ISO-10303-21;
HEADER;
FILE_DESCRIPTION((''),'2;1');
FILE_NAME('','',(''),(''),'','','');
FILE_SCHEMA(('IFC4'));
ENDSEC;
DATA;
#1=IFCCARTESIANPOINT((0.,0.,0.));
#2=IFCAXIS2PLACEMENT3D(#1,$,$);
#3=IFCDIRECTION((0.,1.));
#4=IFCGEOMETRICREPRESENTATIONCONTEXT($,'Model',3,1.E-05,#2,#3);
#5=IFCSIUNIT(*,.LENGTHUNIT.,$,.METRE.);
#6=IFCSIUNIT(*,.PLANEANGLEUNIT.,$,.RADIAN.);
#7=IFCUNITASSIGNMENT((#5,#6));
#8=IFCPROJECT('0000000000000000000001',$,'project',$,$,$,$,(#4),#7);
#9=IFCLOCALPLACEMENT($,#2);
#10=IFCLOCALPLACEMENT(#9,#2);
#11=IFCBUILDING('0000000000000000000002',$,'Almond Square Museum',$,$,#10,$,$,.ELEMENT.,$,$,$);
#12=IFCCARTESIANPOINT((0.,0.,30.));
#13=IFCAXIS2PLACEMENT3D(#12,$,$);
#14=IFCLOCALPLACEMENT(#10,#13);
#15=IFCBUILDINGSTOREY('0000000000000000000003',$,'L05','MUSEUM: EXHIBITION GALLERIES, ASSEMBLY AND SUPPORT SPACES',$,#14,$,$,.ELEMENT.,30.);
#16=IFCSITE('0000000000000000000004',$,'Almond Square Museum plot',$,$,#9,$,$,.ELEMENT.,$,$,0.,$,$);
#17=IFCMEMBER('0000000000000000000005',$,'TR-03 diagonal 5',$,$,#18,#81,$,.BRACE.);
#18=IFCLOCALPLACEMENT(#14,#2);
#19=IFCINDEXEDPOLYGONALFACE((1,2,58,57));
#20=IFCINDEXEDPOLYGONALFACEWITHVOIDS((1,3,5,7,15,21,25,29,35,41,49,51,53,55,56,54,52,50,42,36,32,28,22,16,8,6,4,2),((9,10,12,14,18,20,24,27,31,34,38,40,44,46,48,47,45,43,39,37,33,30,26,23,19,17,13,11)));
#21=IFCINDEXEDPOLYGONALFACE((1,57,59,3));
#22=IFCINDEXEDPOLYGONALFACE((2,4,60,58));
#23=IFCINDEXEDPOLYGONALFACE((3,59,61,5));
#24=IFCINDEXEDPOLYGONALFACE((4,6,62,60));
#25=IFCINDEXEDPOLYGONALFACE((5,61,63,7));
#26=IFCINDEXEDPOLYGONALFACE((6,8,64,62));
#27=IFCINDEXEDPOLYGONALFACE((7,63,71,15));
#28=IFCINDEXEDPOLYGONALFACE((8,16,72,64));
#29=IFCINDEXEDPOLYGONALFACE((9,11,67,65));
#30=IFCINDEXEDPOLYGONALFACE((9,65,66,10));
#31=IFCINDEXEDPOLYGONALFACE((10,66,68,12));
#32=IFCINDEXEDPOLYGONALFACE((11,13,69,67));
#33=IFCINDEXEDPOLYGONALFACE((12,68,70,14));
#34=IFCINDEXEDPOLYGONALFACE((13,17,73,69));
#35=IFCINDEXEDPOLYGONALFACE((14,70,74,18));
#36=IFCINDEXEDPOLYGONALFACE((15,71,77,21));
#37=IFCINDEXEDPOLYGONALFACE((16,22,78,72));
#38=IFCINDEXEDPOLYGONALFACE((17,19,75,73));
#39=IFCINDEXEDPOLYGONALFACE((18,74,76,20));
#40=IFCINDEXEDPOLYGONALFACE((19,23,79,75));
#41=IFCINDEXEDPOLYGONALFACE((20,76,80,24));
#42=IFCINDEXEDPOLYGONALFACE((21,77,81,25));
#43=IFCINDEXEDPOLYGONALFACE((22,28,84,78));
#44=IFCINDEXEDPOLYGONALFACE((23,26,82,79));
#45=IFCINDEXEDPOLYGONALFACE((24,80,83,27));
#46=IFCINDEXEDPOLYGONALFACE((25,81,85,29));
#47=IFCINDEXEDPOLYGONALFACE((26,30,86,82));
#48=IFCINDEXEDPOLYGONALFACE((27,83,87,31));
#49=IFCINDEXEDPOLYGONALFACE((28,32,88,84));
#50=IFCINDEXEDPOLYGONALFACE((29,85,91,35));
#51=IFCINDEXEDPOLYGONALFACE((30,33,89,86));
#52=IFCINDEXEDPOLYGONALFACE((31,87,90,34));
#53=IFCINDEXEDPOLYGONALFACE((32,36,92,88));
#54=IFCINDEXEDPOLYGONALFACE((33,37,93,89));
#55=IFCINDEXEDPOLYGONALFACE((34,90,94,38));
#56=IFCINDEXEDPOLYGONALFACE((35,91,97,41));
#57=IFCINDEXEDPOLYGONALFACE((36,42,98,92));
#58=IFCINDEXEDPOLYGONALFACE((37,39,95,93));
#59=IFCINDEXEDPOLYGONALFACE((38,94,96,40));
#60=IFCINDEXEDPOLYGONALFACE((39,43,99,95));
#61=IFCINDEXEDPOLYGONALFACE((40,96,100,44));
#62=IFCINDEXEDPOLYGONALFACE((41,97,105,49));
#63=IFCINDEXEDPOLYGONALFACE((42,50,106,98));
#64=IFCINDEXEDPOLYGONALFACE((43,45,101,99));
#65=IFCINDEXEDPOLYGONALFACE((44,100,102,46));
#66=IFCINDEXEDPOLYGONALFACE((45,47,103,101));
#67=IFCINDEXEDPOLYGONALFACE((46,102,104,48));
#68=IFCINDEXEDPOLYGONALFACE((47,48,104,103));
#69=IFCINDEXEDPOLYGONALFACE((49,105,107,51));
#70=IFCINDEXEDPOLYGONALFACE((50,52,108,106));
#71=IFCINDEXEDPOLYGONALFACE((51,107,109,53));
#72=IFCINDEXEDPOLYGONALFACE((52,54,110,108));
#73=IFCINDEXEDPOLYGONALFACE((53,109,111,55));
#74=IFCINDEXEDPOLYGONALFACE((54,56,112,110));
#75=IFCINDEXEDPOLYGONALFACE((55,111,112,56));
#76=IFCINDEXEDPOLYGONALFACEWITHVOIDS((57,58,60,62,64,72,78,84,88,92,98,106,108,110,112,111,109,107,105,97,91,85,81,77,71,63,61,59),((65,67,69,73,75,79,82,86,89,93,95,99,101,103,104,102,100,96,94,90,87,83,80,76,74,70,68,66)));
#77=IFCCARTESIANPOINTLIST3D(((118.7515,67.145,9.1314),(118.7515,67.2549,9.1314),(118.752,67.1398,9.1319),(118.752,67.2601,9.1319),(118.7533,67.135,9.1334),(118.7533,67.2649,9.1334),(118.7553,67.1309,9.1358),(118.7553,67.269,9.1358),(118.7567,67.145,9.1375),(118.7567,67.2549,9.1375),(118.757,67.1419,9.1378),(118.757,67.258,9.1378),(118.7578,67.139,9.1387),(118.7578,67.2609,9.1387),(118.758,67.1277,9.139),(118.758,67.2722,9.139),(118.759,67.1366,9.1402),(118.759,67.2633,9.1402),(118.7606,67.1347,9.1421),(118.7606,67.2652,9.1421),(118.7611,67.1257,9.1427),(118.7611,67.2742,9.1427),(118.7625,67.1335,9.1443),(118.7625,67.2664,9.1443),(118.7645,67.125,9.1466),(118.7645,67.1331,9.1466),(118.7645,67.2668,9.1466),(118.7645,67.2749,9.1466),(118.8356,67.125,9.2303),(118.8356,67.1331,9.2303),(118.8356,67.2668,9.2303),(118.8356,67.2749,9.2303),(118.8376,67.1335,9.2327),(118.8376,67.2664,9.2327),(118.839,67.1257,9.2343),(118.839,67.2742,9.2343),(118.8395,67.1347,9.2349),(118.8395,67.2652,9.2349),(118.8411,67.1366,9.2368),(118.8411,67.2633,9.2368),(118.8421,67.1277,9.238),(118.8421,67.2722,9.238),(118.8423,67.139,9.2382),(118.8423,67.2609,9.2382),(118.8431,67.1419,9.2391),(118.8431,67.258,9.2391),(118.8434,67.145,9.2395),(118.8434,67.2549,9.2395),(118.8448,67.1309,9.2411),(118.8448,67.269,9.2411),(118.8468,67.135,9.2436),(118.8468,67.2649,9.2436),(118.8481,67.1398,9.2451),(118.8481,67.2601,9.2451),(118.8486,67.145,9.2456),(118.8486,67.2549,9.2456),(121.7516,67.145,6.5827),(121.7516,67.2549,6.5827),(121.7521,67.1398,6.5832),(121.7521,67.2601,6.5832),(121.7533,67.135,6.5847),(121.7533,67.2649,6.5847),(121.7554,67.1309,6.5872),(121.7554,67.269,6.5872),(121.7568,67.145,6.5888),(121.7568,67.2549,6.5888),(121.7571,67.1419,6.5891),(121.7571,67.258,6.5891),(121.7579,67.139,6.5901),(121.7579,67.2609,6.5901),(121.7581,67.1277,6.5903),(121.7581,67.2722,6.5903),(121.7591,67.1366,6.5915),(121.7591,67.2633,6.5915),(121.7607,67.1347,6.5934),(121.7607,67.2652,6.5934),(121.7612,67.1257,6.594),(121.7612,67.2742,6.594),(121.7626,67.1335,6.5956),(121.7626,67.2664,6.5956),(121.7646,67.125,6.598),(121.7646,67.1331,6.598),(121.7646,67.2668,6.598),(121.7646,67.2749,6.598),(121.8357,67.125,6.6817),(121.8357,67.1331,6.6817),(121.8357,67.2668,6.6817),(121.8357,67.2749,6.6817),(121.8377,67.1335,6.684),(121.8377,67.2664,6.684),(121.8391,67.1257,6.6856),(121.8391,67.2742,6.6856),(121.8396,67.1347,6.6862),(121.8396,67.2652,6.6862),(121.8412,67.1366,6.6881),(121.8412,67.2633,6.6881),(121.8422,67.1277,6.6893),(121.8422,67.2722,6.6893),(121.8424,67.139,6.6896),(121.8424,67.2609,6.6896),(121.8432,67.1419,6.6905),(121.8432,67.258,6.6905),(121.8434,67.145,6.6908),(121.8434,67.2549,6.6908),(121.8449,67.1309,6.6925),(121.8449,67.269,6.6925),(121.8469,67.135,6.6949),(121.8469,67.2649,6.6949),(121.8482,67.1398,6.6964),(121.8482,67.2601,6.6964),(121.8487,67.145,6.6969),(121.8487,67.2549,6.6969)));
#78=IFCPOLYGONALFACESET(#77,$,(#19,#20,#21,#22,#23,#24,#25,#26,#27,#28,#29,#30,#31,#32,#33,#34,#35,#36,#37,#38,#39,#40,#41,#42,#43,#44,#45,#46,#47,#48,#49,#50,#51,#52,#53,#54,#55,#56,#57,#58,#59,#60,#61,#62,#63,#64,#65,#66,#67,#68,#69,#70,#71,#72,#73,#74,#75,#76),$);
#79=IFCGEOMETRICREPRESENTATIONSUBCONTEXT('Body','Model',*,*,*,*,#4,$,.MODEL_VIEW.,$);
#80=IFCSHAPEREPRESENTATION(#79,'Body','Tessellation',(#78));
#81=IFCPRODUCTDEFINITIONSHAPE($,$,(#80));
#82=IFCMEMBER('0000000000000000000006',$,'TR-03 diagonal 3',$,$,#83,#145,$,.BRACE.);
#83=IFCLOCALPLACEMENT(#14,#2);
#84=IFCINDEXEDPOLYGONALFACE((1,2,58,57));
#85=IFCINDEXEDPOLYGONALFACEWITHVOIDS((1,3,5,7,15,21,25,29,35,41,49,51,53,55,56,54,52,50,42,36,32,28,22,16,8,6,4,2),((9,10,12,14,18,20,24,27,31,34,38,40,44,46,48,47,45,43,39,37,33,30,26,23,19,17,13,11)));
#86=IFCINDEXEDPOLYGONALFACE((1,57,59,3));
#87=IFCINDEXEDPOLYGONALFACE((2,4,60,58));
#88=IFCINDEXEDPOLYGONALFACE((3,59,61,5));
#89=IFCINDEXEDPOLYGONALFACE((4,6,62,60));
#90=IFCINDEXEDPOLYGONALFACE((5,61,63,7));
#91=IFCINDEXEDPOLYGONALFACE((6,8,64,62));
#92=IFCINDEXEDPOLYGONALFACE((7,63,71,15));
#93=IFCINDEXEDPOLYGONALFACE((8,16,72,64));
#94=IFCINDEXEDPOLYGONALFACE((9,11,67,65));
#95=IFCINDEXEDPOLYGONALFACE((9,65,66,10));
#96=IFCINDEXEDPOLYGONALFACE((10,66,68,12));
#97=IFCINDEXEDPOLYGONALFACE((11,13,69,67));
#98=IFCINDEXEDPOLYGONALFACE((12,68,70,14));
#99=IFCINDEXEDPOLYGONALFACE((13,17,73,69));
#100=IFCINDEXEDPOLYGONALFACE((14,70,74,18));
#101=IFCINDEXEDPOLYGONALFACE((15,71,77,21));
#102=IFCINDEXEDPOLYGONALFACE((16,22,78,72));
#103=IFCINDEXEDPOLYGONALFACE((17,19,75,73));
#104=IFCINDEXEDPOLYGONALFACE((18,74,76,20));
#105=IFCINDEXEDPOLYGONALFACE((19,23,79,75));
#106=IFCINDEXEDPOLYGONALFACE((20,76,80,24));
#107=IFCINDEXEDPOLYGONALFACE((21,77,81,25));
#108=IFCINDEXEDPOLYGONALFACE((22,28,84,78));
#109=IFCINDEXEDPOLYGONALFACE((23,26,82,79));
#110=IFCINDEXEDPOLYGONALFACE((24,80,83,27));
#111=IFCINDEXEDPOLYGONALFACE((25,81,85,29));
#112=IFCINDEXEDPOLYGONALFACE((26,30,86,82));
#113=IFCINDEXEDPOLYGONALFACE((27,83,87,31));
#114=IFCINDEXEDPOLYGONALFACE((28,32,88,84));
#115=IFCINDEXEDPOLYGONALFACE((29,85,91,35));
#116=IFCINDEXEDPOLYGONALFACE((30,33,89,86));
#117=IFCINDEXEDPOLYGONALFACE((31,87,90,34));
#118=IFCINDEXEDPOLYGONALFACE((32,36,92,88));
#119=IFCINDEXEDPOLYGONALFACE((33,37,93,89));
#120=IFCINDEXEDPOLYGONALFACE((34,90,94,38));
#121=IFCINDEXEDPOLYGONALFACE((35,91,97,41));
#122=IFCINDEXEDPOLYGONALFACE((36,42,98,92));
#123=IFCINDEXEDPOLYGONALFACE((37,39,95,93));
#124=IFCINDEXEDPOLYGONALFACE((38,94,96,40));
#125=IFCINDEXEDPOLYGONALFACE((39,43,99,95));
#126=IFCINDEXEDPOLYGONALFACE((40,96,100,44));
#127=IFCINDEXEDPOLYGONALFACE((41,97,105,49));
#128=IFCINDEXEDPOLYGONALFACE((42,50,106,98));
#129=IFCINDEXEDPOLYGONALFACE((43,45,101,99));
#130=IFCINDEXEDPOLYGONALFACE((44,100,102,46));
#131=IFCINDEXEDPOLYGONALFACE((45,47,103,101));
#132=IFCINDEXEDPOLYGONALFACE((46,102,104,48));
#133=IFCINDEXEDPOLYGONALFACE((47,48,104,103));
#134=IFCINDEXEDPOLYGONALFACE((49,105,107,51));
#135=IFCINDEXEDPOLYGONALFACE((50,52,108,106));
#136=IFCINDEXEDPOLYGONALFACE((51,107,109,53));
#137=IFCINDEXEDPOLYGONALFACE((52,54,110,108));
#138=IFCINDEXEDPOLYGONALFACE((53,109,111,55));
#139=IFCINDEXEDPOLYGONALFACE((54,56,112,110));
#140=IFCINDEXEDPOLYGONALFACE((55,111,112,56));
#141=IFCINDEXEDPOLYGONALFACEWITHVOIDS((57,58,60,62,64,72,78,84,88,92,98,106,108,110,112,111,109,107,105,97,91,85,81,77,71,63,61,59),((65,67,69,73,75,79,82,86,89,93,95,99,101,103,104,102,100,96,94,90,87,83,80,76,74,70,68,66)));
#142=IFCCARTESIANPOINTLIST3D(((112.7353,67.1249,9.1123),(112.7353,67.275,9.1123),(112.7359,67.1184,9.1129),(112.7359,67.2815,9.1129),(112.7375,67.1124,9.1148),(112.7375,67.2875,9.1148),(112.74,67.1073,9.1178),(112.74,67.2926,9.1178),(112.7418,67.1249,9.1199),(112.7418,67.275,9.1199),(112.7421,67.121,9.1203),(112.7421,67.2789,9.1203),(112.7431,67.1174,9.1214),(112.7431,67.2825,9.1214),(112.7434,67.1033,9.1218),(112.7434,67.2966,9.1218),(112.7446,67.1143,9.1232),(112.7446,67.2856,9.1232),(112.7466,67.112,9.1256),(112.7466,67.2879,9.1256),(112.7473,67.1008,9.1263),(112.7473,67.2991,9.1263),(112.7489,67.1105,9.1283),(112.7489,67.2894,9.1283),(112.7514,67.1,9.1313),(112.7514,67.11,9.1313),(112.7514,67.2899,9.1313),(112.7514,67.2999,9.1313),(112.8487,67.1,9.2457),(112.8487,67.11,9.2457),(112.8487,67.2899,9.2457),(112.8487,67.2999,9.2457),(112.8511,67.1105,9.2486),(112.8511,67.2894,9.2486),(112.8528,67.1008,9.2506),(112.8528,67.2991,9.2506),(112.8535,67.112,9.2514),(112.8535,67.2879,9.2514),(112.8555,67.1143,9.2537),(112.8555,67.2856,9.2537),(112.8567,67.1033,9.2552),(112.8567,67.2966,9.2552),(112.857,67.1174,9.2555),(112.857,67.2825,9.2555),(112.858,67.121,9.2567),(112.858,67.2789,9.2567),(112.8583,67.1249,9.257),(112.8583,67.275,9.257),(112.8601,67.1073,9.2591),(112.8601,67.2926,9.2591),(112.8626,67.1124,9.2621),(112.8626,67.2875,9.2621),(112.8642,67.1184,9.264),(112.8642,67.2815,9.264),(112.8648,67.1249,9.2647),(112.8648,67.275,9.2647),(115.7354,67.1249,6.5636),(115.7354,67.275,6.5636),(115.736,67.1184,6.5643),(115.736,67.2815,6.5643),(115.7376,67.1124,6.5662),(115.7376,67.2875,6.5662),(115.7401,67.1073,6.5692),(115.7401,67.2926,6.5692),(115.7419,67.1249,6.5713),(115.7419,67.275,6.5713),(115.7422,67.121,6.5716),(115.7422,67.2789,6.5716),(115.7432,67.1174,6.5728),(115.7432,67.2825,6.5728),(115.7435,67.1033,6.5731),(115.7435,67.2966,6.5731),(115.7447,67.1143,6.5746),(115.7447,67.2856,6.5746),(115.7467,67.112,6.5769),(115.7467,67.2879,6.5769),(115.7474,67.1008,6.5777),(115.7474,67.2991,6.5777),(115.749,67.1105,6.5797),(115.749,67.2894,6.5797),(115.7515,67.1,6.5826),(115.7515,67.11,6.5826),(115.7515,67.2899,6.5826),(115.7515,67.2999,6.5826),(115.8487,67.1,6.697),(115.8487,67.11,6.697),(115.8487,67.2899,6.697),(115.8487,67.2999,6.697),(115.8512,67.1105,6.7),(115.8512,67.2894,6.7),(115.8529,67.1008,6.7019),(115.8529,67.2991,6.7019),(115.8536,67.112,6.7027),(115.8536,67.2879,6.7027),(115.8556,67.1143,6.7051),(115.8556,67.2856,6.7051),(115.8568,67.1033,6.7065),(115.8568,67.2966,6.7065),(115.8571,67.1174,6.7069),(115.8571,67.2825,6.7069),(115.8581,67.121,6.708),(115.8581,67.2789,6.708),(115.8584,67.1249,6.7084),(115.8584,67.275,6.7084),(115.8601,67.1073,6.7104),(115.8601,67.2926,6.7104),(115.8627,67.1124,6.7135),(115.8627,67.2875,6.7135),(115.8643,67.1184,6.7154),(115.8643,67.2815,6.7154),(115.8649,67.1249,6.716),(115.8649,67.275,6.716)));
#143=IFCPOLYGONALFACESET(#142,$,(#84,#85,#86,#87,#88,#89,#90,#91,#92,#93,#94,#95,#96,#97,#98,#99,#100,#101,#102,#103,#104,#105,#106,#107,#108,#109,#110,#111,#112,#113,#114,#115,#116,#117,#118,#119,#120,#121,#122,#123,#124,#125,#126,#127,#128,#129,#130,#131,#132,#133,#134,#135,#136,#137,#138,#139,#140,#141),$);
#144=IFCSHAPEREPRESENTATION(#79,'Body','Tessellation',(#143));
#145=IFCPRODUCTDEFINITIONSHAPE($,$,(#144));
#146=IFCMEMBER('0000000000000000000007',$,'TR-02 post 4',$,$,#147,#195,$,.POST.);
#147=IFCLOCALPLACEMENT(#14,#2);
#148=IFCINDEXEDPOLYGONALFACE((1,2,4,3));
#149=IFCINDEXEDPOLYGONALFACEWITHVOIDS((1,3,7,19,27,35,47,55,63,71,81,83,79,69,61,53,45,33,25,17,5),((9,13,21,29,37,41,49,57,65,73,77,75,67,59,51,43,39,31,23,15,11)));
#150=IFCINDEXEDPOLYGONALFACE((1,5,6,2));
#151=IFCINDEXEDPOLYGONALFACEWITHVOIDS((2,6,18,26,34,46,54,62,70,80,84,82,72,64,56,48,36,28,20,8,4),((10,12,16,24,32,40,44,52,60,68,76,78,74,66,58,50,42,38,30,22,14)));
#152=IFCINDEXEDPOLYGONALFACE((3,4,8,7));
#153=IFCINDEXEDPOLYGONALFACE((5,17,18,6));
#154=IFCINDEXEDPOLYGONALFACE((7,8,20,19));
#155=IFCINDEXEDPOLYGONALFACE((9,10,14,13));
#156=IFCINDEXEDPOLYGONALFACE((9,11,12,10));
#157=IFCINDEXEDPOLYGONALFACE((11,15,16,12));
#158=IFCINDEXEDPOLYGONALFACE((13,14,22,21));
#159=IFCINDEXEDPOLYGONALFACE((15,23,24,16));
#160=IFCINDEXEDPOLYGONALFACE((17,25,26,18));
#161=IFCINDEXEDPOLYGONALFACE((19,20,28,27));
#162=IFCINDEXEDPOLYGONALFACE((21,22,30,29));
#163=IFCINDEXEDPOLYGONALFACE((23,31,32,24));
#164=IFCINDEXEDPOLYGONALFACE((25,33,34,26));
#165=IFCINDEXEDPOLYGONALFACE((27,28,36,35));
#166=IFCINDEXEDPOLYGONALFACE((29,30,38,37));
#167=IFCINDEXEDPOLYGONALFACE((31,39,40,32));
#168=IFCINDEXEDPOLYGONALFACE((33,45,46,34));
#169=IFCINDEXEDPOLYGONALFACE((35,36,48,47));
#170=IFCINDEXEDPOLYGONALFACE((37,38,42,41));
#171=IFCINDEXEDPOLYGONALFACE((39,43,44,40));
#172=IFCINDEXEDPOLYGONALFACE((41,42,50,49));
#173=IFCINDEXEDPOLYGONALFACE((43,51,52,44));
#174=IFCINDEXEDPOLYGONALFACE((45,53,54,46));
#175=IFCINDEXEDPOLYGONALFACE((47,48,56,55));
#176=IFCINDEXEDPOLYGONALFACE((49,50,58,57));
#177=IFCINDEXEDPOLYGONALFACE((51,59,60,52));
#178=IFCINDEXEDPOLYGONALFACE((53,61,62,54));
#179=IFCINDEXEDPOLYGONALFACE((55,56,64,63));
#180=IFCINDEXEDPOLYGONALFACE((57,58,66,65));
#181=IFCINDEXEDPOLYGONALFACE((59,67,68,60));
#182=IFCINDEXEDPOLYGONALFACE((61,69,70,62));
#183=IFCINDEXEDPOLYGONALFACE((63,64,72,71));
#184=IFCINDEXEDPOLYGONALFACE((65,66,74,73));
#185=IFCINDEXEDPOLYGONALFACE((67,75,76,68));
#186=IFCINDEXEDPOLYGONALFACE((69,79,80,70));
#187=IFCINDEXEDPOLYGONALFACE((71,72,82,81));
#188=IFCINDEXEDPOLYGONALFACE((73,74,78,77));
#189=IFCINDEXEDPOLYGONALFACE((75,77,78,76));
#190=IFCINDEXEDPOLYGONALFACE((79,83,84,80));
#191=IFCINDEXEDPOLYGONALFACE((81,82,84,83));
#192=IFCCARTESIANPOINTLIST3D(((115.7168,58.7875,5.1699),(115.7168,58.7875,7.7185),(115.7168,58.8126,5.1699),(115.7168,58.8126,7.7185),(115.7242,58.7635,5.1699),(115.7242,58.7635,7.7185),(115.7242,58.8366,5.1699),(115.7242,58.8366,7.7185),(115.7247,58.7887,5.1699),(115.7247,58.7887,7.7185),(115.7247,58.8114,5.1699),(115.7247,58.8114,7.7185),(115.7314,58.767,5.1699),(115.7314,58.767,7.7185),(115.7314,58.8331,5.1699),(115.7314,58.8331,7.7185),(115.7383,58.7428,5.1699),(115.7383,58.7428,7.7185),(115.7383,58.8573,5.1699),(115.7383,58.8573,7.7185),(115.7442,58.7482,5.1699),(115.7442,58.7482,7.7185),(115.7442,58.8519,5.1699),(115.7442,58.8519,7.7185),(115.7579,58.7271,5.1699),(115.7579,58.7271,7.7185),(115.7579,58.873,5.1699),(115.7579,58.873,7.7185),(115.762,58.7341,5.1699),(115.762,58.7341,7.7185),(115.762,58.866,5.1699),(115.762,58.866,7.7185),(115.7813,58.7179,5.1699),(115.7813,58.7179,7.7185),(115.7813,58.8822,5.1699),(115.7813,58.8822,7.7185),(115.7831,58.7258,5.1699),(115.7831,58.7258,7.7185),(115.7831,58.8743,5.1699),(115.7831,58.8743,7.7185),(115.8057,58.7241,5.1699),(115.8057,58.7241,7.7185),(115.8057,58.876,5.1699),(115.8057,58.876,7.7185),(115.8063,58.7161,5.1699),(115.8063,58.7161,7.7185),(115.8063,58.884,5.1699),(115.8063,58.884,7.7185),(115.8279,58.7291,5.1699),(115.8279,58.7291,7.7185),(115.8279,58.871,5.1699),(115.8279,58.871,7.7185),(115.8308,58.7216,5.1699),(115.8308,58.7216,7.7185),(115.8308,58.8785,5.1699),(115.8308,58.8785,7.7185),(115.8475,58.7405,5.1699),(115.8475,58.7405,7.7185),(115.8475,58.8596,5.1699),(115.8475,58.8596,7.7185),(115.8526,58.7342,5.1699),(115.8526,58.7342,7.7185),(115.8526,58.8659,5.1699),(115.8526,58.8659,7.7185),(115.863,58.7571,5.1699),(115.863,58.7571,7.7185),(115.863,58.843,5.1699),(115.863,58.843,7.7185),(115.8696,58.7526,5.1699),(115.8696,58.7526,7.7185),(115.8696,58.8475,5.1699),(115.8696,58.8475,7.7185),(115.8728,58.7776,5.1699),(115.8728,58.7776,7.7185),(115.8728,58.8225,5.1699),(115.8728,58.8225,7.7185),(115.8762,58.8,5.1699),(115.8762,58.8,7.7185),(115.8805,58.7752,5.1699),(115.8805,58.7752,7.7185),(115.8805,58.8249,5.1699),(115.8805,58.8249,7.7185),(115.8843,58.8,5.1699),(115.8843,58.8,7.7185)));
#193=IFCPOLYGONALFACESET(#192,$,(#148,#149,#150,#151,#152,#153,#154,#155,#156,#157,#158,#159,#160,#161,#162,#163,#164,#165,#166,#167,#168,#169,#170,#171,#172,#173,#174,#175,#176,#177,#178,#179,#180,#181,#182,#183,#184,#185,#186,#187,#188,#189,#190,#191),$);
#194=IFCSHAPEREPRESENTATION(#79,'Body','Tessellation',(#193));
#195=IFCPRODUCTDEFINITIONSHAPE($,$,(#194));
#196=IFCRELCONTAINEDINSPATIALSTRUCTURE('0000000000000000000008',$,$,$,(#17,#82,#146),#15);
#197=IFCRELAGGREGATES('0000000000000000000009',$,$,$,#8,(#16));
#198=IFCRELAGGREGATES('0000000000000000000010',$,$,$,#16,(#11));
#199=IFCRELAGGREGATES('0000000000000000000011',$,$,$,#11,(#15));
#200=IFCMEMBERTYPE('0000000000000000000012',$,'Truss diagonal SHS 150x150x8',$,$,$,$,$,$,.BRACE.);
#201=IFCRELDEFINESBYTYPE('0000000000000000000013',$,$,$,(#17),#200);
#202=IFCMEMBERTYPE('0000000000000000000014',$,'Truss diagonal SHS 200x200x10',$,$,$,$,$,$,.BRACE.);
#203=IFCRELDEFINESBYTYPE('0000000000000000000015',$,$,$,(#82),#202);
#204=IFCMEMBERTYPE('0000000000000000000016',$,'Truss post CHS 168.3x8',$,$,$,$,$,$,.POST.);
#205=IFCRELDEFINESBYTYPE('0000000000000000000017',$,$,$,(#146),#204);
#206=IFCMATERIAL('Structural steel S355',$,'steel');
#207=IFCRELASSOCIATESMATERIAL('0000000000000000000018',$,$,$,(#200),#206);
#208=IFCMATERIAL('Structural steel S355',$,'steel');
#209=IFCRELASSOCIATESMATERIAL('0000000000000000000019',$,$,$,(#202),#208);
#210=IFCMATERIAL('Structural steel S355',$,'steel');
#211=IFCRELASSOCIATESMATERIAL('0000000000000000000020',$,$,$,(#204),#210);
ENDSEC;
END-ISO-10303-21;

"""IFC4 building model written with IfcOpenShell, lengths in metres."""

from ifc_helpers import new_model, si_unit, direction, frame, origin, origin_2d, place, context, subcontext, project, spatial, hollow_rectangle, hollow_circle, extrude, material, material_profile, profile_set, type_object, element, save


model = new_model("IFC4")

# Units and contexts
model_context = context("Model", 3, precision=1e-05, world=origin(), true_north=direction((0.0, 1.0)))
body_context = subcontext(model_context, "Body", "Model", "MODEL_VIEW")
ifc_project = project(units=[si_unit("LENGTHUNIT", "METRE"), si_unit("PLANEANGLEUNIT", "RADIAN")], contexts=[model_context])

# Site, building, storey
site_placement = place(None, origin())
site = spatial("IfcSite", under=ifc_project, at=site_placement, Name="Almond Square Museum plot", CompositionType="ELEMENT", RefElevation=0.0)
building_placement = place(site_placement, origin())
building = spatial("IfcBuilding", under=site, at=building_placement, Name="Almond Square Museum", CompositionType="ELEMENT")
storey_placement = place(building_placement, frame((0.0, 0.0, 30.0)))
storey = spatial("IfcBuildingStorey", under=building, at=storey_placement, Name="L05", Description="MUSEUM: EXHIBITION GALLERIES, ASSEMBLY AND SUPPORT SPACES", CompositionType="ELEMENT", Elevation=30.0)

# Members
ifc_material_1 = material(Name="Structural steel S355", Category="steel")
ifc_material_profile_1 = material_profile(ifc_material_1, hollow_rectangle(XDim=0.1499, YDim=0.1499, WallThickness=0.0081, InnerFilletRadius=0.012, OuterFilletRadius=0.02, at=origin_2d()))
ifc_profile_set_1 = profile_set([ifc_material_profile_1], Name="Structural steel S355")
member_type_1 = type_object("IfcMemberType", Name="Truss diagonal SHS 150x150x8", PredefinedType="BRACE", material=ifc_profile_set_1)
for number, where, z_axis, x_axis, name in (
    (1, (118.8, 67.2, 9.1885), (0.762117, 0.0, -0.64744), (0.0, 1.0, 0.0), "TR-03 diagonal 5"),
):
    element("IfcMember", number, at=place(storey_placement, frame(where, z_axis=z_axis, x_axis=x_axis)), inside=storey, type_object=member_type_1, Name=name, PredefinedType="BRACE", context=body_context, shape_type="SweptSolid", body=[
        extrude(hollow_rectangle(XDim=0.1499, YDim=0.1499, WallThickness=0.0081, InnerFilletRadius=0.012, OuterFilletRadius=0.02, at=origin_2d()), origin(), (0.0, 0.0, 1.0), 3.9365),
    ])
ifc_material_2 = material(Name="Structural steel S355", Category="steel")
ifc_material_profile_2 = material_profile(ifc_material_2, hollow_rectangle(XDim=0.2, YDim=0.2, WallThickness=0.01, InnerFilletRadius=0.0149, OuterFilletRadius=0.0249, at=origin_2d()))
ifc_profile_set_2 = profile_set([ifc_material_profile_2], Name="Structural steel S355")
member_type_2 = type_object("IfcMemberType", Name="Truss diagonal SHS 200x200x10", PredefinedType="BRACE", material=ifc_profile_set_2)
member_1_placement = place(storey_placement, frame((112.8, 67.2, 9.1885), z_axis=(0.762117, 0.0, -0.64744), x_axis=(0.0, 1.0, 0.0)))
element("IfcMember", 2, at=member_1_placement, inside=storey, type_object=member_type_2, Name="TR-03 diagonal 3", PredefinedType="BRACE", context=body_context, shape_type="SweptSolid", body=[
    extrude(hollow_rectangle(XDim=0.2, YDim=0.2, WallThickness=0.01, InnerFilletRadius=0.0149, OuterFilletRadius=0.0249, at=origin_2d()), origin(), (0.0, 0.0, 1.0), 3.9365),
])
ifc_material_3 = material(Name="Structural steel S355", Category="steel")
ifc_material_profile_3 = material_profile(ifc_material_3, hollow_circle(Radius=0.0842, WallThickness=0.0081, at=origin_2d()))
ifc_profile_set_3 = profile_set([ifc_material_profile_3], Name="Structural steel S355")
member_type_3 = type_object("IfcMemberType", Name="Truss post CHS 168.3x8", PredefinedType="POST", material=ifc_profile_set_3)
for number, where, z_axis, x_axis, name in (
    (3, (115.8, 58.8, 5.1699), (0.0, 0.0, 1.0), (1.0, 0.0, 0.0), "TR-02 post 4"),
):
    element("IfcMember", number, at=place(storey_placement, frame(where, z_axis=z_axis, x_axis=x_axis)), inside=storey, type_object=member_type_3, Name=name, PredefinedType="POST", context=body_context, shape_type="SweptSolid", body=[
        extrude(hollow_circle(Radius=0.0842, WallThickness=0.0081, at=origin_2d()), origin(), (0.0, 0.0, 1.0), 2.5486),
    ])

save(model, "model.ifc")
